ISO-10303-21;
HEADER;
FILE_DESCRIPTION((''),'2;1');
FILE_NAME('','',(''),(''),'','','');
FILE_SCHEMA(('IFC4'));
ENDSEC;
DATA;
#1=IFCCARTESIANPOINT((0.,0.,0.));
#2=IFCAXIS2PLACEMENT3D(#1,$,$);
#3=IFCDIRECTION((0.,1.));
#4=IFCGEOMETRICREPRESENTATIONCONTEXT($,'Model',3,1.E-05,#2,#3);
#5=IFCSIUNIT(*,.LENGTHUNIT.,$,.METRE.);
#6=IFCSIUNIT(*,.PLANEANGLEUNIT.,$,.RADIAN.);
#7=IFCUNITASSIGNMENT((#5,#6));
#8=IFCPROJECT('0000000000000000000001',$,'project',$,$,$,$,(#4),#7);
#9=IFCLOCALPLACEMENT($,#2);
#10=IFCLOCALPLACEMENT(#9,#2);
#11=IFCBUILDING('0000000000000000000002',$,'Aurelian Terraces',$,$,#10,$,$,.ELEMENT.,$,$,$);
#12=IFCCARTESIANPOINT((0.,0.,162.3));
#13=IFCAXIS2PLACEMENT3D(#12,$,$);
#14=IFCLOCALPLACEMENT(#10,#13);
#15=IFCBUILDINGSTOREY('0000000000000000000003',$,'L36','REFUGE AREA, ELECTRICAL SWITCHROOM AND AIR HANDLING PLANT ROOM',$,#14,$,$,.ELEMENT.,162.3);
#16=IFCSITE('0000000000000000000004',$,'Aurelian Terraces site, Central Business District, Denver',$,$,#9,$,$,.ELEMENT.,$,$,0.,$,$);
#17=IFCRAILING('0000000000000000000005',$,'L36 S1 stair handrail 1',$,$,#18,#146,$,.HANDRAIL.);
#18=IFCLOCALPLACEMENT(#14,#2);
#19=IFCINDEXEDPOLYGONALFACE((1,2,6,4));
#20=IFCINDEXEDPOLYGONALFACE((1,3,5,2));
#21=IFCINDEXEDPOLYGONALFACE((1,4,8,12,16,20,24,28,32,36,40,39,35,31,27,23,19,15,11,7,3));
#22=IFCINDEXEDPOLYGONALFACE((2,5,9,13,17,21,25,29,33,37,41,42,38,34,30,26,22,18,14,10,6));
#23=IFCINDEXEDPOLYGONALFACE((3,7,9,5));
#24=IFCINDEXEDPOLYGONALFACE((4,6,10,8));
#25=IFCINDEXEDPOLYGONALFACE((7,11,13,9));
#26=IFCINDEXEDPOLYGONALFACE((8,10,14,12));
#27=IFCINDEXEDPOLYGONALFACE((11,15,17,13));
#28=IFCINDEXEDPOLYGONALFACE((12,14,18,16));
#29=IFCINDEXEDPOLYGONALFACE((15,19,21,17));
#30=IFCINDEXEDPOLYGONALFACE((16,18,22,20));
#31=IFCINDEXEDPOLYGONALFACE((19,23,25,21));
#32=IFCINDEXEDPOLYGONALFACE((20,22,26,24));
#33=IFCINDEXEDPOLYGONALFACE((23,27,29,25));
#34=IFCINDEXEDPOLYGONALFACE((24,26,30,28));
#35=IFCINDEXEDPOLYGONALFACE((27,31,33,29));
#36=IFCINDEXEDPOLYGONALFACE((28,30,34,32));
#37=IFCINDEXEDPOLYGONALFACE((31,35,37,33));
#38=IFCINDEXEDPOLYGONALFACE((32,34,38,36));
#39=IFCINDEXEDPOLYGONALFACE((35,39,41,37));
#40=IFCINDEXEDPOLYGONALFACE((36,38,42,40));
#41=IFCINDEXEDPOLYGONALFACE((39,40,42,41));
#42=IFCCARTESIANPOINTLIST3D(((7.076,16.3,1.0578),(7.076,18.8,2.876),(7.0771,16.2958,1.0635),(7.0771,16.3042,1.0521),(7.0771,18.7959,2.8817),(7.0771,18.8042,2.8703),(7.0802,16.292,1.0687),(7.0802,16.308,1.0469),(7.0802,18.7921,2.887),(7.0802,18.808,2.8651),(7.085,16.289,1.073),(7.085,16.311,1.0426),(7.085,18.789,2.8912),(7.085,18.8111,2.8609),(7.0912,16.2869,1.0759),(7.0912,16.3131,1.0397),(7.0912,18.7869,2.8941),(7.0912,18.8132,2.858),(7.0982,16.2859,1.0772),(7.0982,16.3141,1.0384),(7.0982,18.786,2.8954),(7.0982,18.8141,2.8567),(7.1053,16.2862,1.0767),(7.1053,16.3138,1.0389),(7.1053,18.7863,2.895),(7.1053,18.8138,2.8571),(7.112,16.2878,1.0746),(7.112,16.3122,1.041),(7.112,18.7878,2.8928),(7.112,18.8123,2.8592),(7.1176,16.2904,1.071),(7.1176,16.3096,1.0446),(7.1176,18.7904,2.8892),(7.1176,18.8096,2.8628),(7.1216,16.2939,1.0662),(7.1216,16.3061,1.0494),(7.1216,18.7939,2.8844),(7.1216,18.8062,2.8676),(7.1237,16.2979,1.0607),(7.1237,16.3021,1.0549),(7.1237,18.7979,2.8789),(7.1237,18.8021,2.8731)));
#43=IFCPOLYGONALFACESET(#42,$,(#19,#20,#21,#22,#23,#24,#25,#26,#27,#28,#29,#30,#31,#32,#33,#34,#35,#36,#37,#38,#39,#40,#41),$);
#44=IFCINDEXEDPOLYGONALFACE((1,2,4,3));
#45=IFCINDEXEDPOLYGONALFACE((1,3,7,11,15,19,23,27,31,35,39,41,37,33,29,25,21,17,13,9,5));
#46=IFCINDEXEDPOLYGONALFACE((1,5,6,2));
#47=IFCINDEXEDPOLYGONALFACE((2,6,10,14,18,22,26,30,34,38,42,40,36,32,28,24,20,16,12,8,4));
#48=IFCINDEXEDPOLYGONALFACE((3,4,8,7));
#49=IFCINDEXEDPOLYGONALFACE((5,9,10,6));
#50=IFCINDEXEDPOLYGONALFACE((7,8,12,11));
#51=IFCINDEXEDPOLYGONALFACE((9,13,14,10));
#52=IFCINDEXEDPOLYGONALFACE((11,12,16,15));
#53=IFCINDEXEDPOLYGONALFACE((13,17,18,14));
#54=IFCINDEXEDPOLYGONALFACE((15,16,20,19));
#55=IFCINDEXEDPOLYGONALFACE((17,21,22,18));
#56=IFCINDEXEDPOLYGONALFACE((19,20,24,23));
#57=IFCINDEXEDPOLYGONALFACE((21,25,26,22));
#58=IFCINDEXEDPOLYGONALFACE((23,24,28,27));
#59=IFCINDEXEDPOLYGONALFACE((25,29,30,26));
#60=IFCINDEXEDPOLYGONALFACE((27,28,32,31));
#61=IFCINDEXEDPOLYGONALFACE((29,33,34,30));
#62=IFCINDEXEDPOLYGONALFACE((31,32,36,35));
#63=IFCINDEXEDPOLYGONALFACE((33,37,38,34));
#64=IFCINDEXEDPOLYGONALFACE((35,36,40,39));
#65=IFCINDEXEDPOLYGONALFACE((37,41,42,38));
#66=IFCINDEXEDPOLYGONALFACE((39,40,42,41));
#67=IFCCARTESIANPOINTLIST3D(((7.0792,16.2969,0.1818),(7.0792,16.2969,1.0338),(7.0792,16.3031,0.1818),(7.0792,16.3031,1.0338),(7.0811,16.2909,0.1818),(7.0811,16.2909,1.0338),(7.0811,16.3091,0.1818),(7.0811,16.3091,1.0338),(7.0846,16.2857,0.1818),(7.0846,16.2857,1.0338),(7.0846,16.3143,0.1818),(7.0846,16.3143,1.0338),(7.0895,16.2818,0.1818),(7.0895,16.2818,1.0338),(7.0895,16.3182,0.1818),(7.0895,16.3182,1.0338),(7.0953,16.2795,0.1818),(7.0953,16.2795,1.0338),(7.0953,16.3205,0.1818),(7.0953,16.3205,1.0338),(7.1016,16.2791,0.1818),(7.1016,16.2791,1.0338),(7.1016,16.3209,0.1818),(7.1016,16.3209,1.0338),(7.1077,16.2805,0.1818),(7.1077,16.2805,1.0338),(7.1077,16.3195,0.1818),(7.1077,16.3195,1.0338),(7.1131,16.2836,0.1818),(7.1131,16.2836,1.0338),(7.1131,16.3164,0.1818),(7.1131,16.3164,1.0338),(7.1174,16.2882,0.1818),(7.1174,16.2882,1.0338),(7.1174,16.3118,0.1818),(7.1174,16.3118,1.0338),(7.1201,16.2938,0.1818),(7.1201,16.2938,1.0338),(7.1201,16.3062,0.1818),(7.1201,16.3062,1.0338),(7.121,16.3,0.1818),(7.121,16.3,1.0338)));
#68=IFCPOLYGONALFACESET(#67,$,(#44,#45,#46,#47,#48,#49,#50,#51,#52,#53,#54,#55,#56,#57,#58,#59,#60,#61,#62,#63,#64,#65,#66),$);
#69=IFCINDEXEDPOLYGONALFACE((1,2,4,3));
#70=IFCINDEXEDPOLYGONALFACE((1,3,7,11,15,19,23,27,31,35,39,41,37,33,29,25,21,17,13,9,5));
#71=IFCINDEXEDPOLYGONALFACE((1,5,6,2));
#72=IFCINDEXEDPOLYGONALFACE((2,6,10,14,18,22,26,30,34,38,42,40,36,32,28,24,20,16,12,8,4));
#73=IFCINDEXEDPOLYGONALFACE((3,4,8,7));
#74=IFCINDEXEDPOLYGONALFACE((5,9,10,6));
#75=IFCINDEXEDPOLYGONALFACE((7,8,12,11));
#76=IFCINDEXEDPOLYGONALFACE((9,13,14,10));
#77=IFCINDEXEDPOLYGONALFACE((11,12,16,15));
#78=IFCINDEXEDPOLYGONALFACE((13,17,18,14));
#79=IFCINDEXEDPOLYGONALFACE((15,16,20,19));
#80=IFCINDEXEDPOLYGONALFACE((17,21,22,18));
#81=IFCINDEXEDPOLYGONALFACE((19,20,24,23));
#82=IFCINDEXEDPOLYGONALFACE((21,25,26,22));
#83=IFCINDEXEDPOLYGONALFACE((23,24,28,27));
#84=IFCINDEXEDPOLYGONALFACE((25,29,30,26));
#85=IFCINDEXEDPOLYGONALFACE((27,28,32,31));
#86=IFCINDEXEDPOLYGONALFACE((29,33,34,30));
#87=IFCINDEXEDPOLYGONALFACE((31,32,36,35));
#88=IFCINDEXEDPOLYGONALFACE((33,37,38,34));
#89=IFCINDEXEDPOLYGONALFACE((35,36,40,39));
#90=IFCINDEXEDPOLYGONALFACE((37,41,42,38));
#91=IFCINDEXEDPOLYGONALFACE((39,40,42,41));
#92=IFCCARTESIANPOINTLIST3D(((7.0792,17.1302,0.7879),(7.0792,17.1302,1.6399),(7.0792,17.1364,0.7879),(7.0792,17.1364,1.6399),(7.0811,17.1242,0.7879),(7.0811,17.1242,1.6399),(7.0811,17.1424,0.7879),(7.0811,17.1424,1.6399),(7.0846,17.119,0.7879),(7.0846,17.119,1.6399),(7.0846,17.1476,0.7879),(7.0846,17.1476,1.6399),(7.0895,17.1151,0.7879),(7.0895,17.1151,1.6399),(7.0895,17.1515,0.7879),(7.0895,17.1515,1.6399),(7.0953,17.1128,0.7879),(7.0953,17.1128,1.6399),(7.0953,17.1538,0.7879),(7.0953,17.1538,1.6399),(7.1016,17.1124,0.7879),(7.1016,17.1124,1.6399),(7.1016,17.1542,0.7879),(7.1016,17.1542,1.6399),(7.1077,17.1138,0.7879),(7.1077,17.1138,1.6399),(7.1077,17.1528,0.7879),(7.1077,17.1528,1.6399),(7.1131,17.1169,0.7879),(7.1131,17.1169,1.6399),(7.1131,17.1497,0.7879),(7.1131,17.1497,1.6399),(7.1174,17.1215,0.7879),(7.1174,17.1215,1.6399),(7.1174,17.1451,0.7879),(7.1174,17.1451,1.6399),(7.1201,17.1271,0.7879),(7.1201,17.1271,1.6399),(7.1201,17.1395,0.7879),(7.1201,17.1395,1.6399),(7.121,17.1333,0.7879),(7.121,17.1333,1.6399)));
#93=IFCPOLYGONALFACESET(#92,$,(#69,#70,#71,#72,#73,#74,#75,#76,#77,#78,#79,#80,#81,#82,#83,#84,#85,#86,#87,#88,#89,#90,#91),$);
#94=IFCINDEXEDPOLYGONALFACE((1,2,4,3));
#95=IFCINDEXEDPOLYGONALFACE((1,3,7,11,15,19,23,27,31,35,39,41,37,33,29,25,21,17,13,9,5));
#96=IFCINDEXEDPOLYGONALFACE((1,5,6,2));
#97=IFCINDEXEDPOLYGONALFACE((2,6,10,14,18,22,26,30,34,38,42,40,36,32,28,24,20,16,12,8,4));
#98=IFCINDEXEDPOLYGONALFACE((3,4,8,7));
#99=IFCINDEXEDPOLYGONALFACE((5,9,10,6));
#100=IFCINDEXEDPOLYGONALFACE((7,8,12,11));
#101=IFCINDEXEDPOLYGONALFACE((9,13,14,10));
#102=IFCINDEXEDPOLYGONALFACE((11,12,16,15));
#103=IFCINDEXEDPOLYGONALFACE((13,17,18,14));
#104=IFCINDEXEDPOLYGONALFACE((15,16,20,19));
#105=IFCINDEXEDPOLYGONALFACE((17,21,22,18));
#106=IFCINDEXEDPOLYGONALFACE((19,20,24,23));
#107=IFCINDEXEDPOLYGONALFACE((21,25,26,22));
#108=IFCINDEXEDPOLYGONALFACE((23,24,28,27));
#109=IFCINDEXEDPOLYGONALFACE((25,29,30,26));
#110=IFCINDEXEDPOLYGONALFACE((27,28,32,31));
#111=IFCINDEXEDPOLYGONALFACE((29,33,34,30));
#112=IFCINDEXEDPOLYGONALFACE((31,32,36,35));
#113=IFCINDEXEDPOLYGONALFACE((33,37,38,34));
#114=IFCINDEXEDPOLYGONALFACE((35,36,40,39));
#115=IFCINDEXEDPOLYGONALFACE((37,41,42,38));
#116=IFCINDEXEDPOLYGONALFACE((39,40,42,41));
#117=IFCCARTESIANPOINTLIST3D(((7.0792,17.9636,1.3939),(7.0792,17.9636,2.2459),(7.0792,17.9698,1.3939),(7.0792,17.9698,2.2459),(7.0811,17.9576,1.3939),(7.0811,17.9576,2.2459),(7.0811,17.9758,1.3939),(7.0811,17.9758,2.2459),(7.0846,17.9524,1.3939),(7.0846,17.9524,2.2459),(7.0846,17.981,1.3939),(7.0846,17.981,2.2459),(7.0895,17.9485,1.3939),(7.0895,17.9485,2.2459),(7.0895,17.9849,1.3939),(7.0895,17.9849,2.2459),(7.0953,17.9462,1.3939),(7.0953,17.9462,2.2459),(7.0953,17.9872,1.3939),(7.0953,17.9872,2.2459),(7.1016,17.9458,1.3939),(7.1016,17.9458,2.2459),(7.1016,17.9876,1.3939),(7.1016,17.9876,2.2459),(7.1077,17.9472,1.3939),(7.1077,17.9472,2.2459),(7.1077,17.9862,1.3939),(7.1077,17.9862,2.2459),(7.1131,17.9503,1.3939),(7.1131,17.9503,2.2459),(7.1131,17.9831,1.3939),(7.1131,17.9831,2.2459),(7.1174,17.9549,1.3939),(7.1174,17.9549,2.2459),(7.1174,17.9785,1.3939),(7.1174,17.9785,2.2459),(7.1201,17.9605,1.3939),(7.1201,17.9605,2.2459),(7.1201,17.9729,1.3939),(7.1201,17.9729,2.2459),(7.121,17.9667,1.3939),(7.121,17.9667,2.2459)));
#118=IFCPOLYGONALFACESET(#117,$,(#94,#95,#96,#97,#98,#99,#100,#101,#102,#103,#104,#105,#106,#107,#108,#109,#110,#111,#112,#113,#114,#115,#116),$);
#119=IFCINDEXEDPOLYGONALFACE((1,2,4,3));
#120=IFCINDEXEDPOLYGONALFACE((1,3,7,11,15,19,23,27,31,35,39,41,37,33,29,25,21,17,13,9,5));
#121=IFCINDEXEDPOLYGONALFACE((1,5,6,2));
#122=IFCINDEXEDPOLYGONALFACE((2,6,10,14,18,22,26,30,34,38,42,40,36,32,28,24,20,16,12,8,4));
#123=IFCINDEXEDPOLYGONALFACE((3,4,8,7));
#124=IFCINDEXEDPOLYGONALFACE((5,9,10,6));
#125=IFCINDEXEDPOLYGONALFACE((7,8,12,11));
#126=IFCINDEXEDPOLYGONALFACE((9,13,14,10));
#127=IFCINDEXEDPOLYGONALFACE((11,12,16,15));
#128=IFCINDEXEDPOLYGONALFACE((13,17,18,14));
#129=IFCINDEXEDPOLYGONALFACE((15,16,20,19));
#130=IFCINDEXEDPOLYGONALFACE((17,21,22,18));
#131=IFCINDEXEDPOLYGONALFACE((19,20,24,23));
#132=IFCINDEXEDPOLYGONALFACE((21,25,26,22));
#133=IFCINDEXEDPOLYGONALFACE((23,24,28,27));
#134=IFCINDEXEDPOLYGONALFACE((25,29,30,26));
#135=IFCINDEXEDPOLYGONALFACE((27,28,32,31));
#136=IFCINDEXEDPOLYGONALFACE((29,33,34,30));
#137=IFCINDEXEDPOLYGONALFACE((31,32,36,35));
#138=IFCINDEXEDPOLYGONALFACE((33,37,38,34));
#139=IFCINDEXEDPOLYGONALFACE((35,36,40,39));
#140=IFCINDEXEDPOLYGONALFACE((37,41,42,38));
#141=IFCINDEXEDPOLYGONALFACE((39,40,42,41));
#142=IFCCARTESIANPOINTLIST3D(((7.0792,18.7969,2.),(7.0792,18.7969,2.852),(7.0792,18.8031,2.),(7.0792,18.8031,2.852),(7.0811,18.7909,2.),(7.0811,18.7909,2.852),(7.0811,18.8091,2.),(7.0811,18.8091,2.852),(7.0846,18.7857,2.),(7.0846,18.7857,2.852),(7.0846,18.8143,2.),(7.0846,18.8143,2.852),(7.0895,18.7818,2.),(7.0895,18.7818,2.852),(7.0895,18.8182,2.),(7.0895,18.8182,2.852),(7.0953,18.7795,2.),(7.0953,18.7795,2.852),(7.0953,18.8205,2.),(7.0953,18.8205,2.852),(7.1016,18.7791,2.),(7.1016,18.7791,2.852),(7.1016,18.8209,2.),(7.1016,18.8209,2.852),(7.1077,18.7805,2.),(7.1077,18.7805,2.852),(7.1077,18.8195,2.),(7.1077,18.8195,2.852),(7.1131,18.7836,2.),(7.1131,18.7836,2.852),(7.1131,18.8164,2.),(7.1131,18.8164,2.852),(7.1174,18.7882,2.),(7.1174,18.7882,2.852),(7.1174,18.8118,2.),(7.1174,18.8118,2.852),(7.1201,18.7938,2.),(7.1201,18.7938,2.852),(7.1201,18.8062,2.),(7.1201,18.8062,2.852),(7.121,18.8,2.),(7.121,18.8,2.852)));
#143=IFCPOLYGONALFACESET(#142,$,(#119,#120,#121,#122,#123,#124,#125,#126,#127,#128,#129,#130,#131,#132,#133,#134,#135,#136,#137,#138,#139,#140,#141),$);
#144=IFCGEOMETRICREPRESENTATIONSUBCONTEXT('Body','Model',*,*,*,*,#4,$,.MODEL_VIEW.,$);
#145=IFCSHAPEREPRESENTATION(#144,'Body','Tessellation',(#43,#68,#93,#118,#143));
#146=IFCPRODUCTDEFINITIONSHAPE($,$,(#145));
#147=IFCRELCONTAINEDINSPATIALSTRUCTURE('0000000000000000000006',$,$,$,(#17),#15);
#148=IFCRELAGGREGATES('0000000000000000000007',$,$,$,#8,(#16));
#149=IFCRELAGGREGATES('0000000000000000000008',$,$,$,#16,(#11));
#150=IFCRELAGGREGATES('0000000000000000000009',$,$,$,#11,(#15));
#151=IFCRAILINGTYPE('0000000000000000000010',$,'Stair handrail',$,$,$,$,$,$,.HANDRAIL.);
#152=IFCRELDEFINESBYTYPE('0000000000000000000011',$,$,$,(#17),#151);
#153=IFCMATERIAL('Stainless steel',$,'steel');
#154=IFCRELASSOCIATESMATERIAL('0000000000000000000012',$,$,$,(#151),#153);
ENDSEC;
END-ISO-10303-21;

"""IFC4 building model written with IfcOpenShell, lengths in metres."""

from ifc_helpers import new_model, si_unit, direction, frame, origin, origin_2d, place, context, subcontext, project, spatial, circle, extrude, material, type_object, element, save


model = new_model("IFC4")

# Units and contexts
model_context = context("Model", 3, precision=1e-05, world=origin(), true_north=direction((0.0, 1.0)))
body_context = subcontext(model_context, "Body", "Model", "MODEL_VIEW")
ifc_project = project(units=[si_unit("LENGTHUNIT", "METRE"), si_unit("PLANEANGLEUNIT", "RADIAN")], contexts=[model_context])

# Site, building, storey
site_placement = place(None, origin())
site = spatial("IfcSite", under=ifc_project, at=site_placement, Name="Aurelian Terraces site, Central Business District, Denver", CompositionType="ELEMENT", RefElevation=0.0)
building_placement = place(site_placement, origin())
building = spatial("IfcBuilding", under=site, at=building_placement, Name="Aurelian Terraces", CompositionType="ELEMENT")
storey_placement = place(building_placement, frame((0.0, 0.0, 162.3)))
storey = spatial("IfcBuildingStorey", under=building, at=storey_placement, Name="L36", Description="REFUGE AREA, ELECTRICAL SWITCHROOM AND AIR HANDLING PLANT ROOM", CompositionType="ELEMENT", Elevation=162.3)

# Shared definitions
ifc_material_1 = material(Name="Stainless steel", Category="steel")

# Railing
railing_type_1 = type_object("IfcRailingType", Name="Stair handrail", PredefinedType="HANDRAIL", material=ifc_material_1)
railing_1_placement = place(storey_placement, frame((7.1, 16.3, 0.1818)))
element("IfcRailing", 1, at=railing_1_placement, inside=storey, type_object=railing_type_1, Name="L36 S1 stair handrail 1", PredefinedType="HANDRAIL", context=body_context, shape_type="SweptSolid", body=[
    extrude(circle(Radius=0.024, at=origin_2d()), frame((0.0, 0.0, 0.876), z_axis=(0.0, 0.808733, 0.588176), x_axis=(-1.0, 0.0, 0.0)), (0.0, 0.0, 1.0), 3.0913),
    extrude(circle(Radius=0.021, at=origin_2d()), origin(), (0.0, 0.0, 1.0), 0.852),
    extrude(circle(Radius=0.021, at=origin_2d()), frame((0.0, 0.8333, 0.6061)), (0.0, 0.0, 1.0), 0.852),
    extrude(circle(Radius=0.021, at=origin_2d()), frame((0.0, 1.6667, 1.2121)), (0.0, 0.0, 1.0), 0.852),
    extrude(circle(Radius=0.021, at=origin_2d()), frame((0.0, 2.5, 1.8182)), (0.0, 0.0, 1.0), 0.852),
])

save(model, "model.ifc")
